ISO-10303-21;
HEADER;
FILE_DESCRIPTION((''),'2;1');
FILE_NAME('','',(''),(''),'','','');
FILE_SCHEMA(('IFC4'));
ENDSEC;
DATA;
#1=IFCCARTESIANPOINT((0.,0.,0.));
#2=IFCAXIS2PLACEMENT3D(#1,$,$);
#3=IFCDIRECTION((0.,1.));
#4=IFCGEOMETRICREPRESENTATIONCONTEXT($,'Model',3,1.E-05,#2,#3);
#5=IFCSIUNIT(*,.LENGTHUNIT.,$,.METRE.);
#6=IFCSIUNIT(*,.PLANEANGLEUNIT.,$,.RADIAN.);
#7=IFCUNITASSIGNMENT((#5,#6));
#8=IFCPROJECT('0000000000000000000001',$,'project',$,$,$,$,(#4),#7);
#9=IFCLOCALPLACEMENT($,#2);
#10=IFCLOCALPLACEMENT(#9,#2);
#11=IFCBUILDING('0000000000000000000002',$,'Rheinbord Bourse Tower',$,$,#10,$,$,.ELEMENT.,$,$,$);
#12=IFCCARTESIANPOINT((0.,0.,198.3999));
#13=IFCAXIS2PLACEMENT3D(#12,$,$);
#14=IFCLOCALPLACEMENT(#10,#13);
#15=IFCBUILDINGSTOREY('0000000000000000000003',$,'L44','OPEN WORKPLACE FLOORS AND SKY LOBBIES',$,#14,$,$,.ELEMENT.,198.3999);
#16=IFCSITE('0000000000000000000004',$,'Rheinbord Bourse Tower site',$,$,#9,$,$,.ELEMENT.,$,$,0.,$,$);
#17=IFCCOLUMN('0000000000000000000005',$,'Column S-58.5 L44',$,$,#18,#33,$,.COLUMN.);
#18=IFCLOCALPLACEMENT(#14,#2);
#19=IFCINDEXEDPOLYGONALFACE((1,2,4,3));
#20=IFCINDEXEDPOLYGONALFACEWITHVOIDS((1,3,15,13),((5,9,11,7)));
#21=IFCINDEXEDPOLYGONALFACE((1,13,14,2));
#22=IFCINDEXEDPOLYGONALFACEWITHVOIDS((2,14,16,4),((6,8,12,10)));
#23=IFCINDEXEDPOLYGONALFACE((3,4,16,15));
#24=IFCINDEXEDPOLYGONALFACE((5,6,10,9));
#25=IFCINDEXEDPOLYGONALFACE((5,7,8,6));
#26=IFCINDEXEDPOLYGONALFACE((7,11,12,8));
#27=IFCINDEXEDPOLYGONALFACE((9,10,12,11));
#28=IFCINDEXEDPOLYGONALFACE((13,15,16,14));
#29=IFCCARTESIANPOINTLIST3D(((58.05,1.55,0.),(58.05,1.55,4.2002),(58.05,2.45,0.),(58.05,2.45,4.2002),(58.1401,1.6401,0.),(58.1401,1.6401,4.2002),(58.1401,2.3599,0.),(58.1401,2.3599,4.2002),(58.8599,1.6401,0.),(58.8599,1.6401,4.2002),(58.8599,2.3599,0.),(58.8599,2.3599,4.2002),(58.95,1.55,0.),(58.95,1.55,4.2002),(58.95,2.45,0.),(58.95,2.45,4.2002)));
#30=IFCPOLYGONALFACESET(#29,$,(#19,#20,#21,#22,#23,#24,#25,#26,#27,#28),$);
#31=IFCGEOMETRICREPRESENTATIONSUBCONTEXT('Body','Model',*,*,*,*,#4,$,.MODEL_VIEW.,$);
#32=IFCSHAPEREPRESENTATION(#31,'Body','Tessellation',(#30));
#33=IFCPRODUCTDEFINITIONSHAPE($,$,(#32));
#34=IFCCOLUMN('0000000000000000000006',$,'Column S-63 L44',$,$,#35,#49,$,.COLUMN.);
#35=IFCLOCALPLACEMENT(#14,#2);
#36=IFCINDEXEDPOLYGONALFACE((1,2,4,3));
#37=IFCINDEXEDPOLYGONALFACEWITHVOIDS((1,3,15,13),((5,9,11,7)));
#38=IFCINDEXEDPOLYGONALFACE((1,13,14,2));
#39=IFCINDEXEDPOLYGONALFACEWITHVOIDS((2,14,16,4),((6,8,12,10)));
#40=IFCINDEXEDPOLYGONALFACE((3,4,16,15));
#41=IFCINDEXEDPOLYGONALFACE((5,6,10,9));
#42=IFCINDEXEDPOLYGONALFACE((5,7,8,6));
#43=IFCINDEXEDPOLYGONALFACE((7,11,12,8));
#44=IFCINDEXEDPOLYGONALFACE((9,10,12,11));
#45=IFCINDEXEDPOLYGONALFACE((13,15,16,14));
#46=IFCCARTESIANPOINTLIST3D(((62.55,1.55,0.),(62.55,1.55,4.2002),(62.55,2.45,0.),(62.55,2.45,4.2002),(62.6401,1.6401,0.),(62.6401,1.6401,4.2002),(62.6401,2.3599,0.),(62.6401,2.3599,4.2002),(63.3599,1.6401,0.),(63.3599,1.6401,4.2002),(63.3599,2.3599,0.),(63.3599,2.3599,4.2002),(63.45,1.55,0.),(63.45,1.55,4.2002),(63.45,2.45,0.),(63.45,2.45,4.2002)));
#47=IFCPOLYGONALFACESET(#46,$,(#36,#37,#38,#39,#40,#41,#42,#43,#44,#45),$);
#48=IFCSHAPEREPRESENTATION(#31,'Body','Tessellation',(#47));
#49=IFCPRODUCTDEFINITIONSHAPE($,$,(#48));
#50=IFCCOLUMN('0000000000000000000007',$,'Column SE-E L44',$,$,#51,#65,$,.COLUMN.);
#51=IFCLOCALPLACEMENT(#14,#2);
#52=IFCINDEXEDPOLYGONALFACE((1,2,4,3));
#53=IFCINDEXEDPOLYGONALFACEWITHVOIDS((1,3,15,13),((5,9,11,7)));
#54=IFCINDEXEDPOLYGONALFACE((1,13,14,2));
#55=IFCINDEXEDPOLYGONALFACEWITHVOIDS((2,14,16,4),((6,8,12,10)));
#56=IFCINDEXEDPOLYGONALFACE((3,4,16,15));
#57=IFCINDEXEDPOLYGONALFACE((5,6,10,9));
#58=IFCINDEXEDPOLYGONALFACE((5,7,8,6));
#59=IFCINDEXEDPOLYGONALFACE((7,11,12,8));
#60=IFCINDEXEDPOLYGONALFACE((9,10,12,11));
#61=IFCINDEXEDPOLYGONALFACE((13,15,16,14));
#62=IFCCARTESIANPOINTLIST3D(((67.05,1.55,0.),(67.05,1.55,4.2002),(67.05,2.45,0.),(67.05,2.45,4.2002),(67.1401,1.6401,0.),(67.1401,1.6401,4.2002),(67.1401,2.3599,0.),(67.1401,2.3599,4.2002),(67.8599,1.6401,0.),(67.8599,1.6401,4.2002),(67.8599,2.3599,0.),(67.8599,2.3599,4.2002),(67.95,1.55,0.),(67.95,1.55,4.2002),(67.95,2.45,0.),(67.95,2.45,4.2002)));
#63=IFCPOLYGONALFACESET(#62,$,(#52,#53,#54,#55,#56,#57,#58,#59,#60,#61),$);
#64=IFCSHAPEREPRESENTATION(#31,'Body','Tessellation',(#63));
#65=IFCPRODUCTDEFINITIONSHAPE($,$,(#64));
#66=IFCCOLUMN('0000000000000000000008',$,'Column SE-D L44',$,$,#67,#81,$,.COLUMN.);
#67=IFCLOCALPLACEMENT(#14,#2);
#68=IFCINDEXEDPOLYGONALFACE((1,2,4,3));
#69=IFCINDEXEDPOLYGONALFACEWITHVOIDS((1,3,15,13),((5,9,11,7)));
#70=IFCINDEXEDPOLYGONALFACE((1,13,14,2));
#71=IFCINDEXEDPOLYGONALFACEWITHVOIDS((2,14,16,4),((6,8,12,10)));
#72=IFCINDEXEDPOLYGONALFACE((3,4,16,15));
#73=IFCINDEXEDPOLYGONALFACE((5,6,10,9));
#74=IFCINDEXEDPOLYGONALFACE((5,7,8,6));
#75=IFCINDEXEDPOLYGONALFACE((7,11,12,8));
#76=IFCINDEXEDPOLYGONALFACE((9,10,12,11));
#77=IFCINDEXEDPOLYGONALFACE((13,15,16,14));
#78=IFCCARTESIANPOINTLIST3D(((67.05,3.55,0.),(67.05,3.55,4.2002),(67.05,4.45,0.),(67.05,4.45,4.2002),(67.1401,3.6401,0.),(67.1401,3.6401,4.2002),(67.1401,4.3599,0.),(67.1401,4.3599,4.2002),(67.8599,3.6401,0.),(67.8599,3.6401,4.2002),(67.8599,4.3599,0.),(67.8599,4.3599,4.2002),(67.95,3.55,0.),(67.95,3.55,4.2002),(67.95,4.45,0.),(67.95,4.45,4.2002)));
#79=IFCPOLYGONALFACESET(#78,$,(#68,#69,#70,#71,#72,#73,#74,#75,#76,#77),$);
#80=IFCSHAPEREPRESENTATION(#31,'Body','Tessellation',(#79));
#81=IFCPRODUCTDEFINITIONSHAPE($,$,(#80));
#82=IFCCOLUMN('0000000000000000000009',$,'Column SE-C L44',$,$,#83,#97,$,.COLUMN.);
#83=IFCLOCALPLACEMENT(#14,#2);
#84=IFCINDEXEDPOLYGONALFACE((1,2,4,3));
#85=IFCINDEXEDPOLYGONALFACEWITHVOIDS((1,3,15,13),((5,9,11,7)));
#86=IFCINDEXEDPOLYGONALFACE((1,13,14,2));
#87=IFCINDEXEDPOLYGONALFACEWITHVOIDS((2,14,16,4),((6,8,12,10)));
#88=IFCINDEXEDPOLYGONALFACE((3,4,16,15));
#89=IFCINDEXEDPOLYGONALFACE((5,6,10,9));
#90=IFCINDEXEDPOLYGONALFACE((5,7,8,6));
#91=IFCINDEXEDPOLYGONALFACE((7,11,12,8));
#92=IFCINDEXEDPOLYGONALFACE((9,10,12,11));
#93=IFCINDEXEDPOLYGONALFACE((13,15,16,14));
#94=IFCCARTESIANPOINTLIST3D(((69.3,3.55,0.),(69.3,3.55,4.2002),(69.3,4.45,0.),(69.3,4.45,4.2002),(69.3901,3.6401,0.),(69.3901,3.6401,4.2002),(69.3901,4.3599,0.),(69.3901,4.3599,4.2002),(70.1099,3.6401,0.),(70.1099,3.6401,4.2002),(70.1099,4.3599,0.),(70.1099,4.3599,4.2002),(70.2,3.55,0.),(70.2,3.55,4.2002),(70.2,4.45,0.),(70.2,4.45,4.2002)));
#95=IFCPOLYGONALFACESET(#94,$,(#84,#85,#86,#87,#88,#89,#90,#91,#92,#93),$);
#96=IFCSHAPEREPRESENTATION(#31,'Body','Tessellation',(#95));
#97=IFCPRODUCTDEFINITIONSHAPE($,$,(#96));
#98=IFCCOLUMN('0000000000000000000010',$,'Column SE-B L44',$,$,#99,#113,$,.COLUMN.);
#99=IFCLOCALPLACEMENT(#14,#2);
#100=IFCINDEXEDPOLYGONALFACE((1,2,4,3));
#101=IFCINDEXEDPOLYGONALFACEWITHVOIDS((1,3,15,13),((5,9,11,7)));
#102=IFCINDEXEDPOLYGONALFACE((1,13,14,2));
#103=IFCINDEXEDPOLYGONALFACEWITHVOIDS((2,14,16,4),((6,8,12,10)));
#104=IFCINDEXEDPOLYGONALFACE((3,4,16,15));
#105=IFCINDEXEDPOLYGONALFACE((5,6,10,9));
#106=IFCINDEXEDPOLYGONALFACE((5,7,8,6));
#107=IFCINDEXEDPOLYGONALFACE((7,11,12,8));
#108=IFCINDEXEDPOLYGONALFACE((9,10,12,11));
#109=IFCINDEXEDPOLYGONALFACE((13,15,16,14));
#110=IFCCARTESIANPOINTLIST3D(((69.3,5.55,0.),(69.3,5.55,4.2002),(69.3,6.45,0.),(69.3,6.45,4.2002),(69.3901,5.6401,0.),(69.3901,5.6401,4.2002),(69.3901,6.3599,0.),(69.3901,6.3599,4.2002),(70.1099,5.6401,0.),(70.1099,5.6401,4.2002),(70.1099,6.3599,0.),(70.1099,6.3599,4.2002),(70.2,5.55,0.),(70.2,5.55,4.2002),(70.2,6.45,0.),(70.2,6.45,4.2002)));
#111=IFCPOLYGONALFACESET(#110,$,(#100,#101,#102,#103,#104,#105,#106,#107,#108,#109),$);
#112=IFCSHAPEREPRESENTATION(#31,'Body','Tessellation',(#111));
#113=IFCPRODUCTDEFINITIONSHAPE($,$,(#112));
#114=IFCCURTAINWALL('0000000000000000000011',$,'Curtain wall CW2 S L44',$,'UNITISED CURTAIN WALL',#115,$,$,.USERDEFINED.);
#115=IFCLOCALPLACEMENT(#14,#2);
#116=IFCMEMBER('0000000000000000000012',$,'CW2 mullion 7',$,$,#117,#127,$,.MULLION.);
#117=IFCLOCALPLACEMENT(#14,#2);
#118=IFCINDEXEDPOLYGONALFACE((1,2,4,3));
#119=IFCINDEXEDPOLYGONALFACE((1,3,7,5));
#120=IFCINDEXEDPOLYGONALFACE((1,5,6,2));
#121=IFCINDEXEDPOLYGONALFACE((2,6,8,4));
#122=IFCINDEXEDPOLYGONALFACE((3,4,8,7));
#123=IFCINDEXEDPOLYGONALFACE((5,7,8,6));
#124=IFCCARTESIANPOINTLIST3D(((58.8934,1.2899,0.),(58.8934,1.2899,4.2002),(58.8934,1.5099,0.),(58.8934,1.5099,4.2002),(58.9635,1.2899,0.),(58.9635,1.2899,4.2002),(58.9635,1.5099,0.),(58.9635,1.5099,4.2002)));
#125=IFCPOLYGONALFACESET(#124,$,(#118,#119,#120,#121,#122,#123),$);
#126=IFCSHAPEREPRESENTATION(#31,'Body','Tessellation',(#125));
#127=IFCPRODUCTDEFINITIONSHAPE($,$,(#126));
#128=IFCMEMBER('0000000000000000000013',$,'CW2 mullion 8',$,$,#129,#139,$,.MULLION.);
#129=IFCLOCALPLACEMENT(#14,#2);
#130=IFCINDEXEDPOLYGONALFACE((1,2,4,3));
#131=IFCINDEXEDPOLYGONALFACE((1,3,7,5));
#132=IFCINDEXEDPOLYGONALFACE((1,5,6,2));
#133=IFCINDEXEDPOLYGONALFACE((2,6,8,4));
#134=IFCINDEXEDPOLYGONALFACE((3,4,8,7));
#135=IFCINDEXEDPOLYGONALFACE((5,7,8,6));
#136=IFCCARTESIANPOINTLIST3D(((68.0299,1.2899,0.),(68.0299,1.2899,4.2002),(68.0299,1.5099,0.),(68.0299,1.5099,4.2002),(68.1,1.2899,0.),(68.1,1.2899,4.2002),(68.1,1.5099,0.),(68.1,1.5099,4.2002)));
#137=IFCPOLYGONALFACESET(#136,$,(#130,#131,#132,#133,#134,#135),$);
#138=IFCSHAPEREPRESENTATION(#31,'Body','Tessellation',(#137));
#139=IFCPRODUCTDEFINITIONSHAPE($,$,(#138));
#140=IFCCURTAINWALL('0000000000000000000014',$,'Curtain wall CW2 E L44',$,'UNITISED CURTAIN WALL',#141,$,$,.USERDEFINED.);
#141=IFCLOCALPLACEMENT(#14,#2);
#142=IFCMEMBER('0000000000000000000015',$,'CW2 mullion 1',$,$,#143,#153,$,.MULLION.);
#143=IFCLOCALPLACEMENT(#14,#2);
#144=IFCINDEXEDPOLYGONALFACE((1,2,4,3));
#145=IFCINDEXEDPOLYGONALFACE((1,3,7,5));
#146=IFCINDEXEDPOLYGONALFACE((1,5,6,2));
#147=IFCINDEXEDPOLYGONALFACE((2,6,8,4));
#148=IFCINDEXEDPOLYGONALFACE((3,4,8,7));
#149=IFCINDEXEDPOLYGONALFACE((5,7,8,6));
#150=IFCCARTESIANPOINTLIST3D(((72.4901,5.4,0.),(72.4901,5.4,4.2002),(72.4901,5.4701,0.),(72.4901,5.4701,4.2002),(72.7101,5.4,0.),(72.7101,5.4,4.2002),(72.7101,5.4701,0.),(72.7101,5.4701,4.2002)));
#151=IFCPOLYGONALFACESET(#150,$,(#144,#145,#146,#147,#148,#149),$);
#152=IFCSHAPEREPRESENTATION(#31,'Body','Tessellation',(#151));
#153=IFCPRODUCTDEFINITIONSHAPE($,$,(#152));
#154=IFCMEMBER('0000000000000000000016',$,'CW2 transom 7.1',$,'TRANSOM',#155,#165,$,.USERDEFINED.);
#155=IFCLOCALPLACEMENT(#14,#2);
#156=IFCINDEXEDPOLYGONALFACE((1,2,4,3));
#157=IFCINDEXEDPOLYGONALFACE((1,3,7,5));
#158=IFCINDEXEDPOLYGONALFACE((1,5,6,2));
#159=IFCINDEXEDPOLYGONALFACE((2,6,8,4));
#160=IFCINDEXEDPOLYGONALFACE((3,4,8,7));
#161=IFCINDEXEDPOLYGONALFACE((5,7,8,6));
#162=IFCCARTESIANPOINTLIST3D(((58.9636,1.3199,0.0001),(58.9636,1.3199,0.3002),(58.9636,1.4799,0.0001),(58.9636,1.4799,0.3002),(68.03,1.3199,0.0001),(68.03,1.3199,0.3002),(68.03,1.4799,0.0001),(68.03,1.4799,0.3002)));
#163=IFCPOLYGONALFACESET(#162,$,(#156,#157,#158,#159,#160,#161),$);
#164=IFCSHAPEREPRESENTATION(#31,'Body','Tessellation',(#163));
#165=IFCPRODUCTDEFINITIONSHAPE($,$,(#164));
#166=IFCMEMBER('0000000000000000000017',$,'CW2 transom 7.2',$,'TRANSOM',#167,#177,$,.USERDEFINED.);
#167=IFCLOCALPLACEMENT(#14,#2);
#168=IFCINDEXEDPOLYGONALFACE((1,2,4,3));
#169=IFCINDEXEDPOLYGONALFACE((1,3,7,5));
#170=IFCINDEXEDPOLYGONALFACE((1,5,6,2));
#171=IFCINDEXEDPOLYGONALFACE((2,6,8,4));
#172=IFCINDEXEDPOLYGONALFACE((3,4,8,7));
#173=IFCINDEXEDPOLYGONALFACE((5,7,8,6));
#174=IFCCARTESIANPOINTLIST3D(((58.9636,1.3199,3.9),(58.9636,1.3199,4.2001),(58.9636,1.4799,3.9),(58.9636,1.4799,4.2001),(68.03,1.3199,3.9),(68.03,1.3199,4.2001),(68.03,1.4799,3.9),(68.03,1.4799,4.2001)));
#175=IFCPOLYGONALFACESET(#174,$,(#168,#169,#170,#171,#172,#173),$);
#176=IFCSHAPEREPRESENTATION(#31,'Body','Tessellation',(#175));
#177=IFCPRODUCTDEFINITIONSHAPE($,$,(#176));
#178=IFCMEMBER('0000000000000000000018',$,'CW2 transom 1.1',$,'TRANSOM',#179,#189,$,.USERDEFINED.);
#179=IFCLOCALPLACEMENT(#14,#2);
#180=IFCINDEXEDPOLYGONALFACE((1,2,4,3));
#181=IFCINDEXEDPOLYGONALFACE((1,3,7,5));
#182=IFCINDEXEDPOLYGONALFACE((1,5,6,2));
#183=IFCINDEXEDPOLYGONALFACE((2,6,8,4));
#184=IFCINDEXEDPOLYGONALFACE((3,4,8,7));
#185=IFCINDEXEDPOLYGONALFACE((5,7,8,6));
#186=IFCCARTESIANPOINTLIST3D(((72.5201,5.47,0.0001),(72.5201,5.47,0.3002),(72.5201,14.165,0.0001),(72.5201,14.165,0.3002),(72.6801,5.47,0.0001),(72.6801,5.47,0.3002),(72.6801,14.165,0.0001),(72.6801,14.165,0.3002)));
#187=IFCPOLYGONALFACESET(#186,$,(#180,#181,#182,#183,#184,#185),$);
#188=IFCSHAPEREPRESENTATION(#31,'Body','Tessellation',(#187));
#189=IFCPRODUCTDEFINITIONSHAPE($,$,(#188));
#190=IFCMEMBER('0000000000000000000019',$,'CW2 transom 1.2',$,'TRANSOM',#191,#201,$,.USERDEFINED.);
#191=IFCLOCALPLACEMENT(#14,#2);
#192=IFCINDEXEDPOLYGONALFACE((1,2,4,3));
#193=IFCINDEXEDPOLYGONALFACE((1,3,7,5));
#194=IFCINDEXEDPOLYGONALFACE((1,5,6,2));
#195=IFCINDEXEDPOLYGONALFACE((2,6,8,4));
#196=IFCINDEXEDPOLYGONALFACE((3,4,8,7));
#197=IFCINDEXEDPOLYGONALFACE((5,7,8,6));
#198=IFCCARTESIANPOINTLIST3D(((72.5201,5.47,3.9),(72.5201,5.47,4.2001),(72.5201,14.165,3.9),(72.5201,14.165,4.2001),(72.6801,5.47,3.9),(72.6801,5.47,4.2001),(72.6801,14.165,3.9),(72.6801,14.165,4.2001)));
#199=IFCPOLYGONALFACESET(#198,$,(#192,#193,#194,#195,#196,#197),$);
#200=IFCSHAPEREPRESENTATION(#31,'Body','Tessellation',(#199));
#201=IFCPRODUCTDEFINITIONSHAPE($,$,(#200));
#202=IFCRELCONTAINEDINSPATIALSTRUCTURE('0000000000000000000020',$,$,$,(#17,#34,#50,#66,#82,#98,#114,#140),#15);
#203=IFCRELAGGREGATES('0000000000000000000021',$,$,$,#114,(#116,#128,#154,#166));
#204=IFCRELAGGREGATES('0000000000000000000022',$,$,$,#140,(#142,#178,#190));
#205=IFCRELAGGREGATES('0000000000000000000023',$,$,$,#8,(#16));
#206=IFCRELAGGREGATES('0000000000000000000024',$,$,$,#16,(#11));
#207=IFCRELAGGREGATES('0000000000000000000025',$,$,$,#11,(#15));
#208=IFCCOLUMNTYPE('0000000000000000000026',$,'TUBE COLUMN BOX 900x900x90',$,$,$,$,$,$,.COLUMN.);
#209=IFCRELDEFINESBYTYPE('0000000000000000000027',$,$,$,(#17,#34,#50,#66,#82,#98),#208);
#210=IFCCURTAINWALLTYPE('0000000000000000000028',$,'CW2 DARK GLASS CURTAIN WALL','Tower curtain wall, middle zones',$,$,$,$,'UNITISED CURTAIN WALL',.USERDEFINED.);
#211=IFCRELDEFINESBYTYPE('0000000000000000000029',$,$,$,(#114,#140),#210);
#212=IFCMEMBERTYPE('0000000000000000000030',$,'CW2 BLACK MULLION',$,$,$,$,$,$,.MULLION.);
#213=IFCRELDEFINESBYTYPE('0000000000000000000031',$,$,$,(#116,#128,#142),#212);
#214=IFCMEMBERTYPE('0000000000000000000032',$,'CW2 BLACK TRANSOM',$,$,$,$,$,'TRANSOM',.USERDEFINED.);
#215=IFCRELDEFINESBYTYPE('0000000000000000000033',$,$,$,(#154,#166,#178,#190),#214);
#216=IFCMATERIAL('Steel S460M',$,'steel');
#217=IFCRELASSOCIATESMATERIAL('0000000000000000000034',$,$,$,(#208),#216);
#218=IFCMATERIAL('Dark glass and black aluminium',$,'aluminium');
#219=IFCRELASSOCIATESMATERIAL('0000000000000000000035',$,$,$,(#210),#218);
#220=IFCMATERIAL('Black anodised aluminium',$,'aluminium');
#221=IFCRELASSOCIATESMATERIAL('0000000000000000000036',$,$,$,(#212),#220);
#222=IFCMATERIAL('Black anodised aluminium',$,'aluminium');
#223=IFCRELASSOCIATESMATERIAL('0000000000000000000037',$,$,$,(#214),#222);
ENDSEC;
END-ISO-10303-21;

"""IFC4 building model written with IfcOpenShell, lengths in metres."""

from ifc_helpers import new_model, si_unit, direction, frame, origin, origin_2d, place, context, subcontext, project, spatial, rectangle, hollow_rectangle, extrude, material, material_profile, profile_set, type_object, element, aggregate, save


model = new_model("IFC4")

# Units and contexts
model_context = context("Model", 3, precision=1e-05, world=origin(), true_north=direction((0.0, 1.0)))
body_context = subcontext(model_context, "Body", "Model", "MODEL_VIEW")
ifc_project = project(units=[si_unit("LENGTHUNIT", "METRE"), si_unit("PLANEANGLEUNIT", "RADIAN")], contexts=[model_context])

# Site, building, storey
site_placement = place(None, origin())
site = spatial("IfcSite", under=ifc_project, at=site_placement, Name="Rheinbord Bourse Tower site", CompositionType="ELEMENT", RefElevation=0.0)
building_placement = place(site_placement, origin())
building = spatial("IfcBuilding", under=site, at=building_placement, Name="Rheinbord Bourse Tower", CompositionType="ELEMENT")
storey_placement = place(building_placement, frame((0.0, 0.0, 198.3999)))
storey = spatial("IfcBuildingStorey", under=building, at=storey_placement, Name="L44", Description="OPEN WORKPLACE FLOORS AND SKY LOBBIES", CompositionType="ELEMENT", Elevation=198.3999)

# Columns
ifc_material_1 = material(Name="Steel S460M", Category="steel")
ifc_material_profile_1 = material_profile(ifc_material_1, hollow_rectangle(XDim=0.8999, YDim=0.8999, WallThickness=0.0901, at=origin_2d()), Name="BOX 900x900x90")
ifc_profile_set_1 = profile_set([ifc_material_profile_1], Name="Steel S460M")
column_type = type_object("IfcColumnType", Name="TUBE COLUMN BOX 900x900x90", PredefinedType="COLUMN", material=ifc_profile_set_1)
for number, where, z_axis, x_axis, name in (
    (1, (58.5, 2.0, 0.0), (0.0, 0.0, 1.0), (0.0, 1.0, 0.0), "Column S-58.5 L44"),
    (2, (63.0, 2.0, 0.0), (0.0, 0.0, 1.0), (0.0, 1.0, 0.0), "Column S-63 L44"),
    (3, (67.5, 2.0, 0.0), (0.0, 0.0, 1.0), (0.0, 1.0, 0.0), "Column SE-E L44"),
    (4, (67.5, 4.0, 0.0), (0.0, 0.0, 1.0), (0.0, 1.0, 0.0), "Column SE-D L44"),
    (5, (69.75, 4.0, 0.0), (0.0, 0.0, 1.0), (1.0, 0.0, 0.0), "Column SE-C L44"),
    (6, (69.75, 6.0, 0.0), (0.0, 0.0, 1.0), (1.0, 0.0, 0.0), "Column SE-B L44"),
):
    element("IfcColumn", number, at=place(storey_placement, frame(where, z_axis=z_axis, x_axis=x_axis)), inside=storey, type_object=column_type, Name=name, PredefinedType="COLUMN", context=body_context, shape_type="SweptSolid", body=[
        extrude(hollow_rectangle(XDim=0.8999, YDim=0.8999, WallThickness=0.0901, at=origin_2d()), origin(), (0.0, 0.0, 1.0), 4.2002),
    ])

# Curtain wall, members
ifc_material_2 = material(Name="Dark glass and black aluminium", Category="aluminium")
curtain_wall_type = type_object("IfcCurtainWallType", Name="CW2 DARK GLASS CURTAIN WALL", Description="Tower curtain wall, middle zones", ElementType="UNITISED CURTAIN WALL", PredefinedType="USERDEFINED", material=ifc_material_2)
curtain_wall_1_placement = place(storey_placement, origin())
curtain_wall_1 = element("IfcCurtainWall", 7, at=curtain_wall_1_placement, inside=storey, type_object=curtain_wall_type, Name="Curtain wall CW2 S L44", ObjectType="UNITISED CURTAIN WALL", PredefinedType="USERDEFINED")
ifc_material_3 = material(Name="Black anodised aluminium", Category="aluminium")
ifc_material_profile_2 = material_profile(ifc_material_3, rectangle(XDim=0.22, YDim=0.0701, at=origin_2d()), Name="CW2 MULLION 70x220")
ifc_profile_set_2 = profile_set([ifc_material_profile_2], Name="Black anodised aluminium")
member_type_1 = type_object("IfcMemberType", Name="CW2 BLACK MULLION", PredefinedType="MULLION", material=ifc_profile_set_2)
member_1_placement = place(storey_placement, frame((58.9285, 1.3999, 0.0), z_axis=(0.0, 0.0, 1.0), x_axis=(0.0, 1.0, 0.0)))
member_1 = element("IfcMember", 8, at=member_1_placement, type_object=member_type_1, Name="CW2 mullion 7", PredefinedType="MULLION", context=body_context, shape_type="SweptSolid", body=[
    extrude(rectangle(XDim=0.22, YDim=0.0701, at=origin_2d()), origin(), (0.0, 0.0, 1.0), 4.2002),
])
member_2_placement = place(storey_placement, frame((68.0649, 1.3999, 0.0), z_axis=(0.0, 0.0, 1.0), x_axis=(0.0, 1.0, 0.0)))
member_2 = element("IfcMember", 9, at=member_2_placement, type_object=member_type_1, Name="CW2 mullion 8", PredefinedType="MULLION", context=body_context, shape_type="SweptSolid", body=[
    extrude(rectangle(XDim=0.22, YDim=0.0701, at=origin_2d()), origin(), (0.0, 0.0, 1.0), 4.2002),
])

# Curtain wall, member
curtain_wall_2_placement = place(storey_placement, origin())
curtain_wall_2 = element("IfcCurtainWall", 10, at=curtain_wall_2_placement, inside=storey, type_object=curtain_wall_type, Name="Curtain wall CW2 E L44", ObjectType="UNITISED CURTAIN WALL", PredefinedType="USERDEFINED")
member_3_placement = place(storey_placement, frame((72.6001, 5.4351, 0.0), z_axis=(0.0, 0.0, 1.0), x_axis=(-1.0, 0.0, 0.0)))
member_3 = element("IfcMember", 11, at=member_3_placement, type_object=member_type_1, Name="CW2 mullion 1", PredefinedType="MULLION", context=body_context, shape_type="SweptSolid", body=[
    extrude(rectangle(XDim=0.22, YDim=0.0701, at=origin_2d()), origin(), (0.0, 0.0, 1.0), 4.2002),
])

# Members
ifc_material_4 = material(Name="Black anodised aluminium", Category="aluminium")
ifc_material_profile_3 = material_profile(ifc_material_4, rectangle(XDim=0.1599, YDim=0.3, at=origin_2d()), Name="CW2 TRANSOM 300x160")
ifc_profile_set_3 = profile_set([ifc_material_profile_3], Name="Black anodised aluminium")
member_type_2 = type_object("IfcMemberType", Name="CW2 BLACK TRANSOM", ElementType="TRANSOM", PredefinedType="USERDEFINED", material=ifc_profile_set_3)
member_4_placement = place(storey_placement, frame((58.9636, 1.3999, 0.1501), z_axis=(1.0, 0.0, 0.0), x_axis=(0.0, 1.0, 0.0)))
member_4 = element("IfcMember", 12, at=member_4_placement, type_object=member_type_2, Name="CW2 transom 7.1", ObjectType="TRANSOM", PredefinedType="USERDEFINED", context=body_context, shape_type="SweptSolid", body=[
    extrude(rectangle(XDim=0.1599, YDim=0.3, at=origin_2d()), origin(), (0.0, 0.0, 1.0), 9.0664),
])
member_5_placement = place(storey_placement, frame((58.9636, 1.3999, 4.05), z_axis=(1.0, 0.0, 0.0), x_axis=(0.0, 1.0, 0.0)))
member_5 = element("IfcMember", 13, at=member_5_placement, type_object=member_type_2, Name="CW2 transom 7.2", ObjectType="TRANSOM", PredefinedType="USERDEFINED", context=body_context, shape_type="SweptSolid", body=[
    extrude(rectangle(XDim=0.1599, YDim=0.3, at=origin_2d()), origin(), (0.0, 0.0, 1.0), 9.0664),
])
member_6_placement = place(storey_placement, frame((72.6001, 5.47, 0.1501), z_axis=(0.0, 1.0, 0.0), x_axis=(-1.0, 0.0, 0.0)))
member_6 = element("IfcMember", 14, at=member_6_placement, type_object=member_type_2, Name="CW2 transom 1.1", ObjectType="TRANSOM", PredefinedType="USERDEFINED", context=body_context, shape_type="SweptSolid", body=[
    extrude(rectangle(XDim=0.1599, YDim=0.3, at=origin_2d()), origin(), (0.0, 0.0, 1.0), 8.6951),
])
member_7_placement = place(storey_placement, frame((72.6001, 5.47, 4.05), z_axis=(0.0, 1.0, 0.0), x_axis=(-1.0, 0.0, 0.0)))
member_7 = element("IfcMember", 15, at=member_7_placement, type_object=member_type_2, Name="CW2 transom 1.2", ObjectType="TRANSOM", PredefinedType="USERDEFINED", context=body_context, shape_type="SweptSolid", body=[
    extrude(rectangle(XDim=0.1599, YDim=0.3, at=origin_2d()), origin(), (0.0, 0.0, 1.0), 8.6951),
])

aggregate(curtain_wall_1, [member_1, member_2, member_4, member_5])
aggregate(curtain_wall_2, [member_3, member_6, member_7])

save(model, "model.ifc")
